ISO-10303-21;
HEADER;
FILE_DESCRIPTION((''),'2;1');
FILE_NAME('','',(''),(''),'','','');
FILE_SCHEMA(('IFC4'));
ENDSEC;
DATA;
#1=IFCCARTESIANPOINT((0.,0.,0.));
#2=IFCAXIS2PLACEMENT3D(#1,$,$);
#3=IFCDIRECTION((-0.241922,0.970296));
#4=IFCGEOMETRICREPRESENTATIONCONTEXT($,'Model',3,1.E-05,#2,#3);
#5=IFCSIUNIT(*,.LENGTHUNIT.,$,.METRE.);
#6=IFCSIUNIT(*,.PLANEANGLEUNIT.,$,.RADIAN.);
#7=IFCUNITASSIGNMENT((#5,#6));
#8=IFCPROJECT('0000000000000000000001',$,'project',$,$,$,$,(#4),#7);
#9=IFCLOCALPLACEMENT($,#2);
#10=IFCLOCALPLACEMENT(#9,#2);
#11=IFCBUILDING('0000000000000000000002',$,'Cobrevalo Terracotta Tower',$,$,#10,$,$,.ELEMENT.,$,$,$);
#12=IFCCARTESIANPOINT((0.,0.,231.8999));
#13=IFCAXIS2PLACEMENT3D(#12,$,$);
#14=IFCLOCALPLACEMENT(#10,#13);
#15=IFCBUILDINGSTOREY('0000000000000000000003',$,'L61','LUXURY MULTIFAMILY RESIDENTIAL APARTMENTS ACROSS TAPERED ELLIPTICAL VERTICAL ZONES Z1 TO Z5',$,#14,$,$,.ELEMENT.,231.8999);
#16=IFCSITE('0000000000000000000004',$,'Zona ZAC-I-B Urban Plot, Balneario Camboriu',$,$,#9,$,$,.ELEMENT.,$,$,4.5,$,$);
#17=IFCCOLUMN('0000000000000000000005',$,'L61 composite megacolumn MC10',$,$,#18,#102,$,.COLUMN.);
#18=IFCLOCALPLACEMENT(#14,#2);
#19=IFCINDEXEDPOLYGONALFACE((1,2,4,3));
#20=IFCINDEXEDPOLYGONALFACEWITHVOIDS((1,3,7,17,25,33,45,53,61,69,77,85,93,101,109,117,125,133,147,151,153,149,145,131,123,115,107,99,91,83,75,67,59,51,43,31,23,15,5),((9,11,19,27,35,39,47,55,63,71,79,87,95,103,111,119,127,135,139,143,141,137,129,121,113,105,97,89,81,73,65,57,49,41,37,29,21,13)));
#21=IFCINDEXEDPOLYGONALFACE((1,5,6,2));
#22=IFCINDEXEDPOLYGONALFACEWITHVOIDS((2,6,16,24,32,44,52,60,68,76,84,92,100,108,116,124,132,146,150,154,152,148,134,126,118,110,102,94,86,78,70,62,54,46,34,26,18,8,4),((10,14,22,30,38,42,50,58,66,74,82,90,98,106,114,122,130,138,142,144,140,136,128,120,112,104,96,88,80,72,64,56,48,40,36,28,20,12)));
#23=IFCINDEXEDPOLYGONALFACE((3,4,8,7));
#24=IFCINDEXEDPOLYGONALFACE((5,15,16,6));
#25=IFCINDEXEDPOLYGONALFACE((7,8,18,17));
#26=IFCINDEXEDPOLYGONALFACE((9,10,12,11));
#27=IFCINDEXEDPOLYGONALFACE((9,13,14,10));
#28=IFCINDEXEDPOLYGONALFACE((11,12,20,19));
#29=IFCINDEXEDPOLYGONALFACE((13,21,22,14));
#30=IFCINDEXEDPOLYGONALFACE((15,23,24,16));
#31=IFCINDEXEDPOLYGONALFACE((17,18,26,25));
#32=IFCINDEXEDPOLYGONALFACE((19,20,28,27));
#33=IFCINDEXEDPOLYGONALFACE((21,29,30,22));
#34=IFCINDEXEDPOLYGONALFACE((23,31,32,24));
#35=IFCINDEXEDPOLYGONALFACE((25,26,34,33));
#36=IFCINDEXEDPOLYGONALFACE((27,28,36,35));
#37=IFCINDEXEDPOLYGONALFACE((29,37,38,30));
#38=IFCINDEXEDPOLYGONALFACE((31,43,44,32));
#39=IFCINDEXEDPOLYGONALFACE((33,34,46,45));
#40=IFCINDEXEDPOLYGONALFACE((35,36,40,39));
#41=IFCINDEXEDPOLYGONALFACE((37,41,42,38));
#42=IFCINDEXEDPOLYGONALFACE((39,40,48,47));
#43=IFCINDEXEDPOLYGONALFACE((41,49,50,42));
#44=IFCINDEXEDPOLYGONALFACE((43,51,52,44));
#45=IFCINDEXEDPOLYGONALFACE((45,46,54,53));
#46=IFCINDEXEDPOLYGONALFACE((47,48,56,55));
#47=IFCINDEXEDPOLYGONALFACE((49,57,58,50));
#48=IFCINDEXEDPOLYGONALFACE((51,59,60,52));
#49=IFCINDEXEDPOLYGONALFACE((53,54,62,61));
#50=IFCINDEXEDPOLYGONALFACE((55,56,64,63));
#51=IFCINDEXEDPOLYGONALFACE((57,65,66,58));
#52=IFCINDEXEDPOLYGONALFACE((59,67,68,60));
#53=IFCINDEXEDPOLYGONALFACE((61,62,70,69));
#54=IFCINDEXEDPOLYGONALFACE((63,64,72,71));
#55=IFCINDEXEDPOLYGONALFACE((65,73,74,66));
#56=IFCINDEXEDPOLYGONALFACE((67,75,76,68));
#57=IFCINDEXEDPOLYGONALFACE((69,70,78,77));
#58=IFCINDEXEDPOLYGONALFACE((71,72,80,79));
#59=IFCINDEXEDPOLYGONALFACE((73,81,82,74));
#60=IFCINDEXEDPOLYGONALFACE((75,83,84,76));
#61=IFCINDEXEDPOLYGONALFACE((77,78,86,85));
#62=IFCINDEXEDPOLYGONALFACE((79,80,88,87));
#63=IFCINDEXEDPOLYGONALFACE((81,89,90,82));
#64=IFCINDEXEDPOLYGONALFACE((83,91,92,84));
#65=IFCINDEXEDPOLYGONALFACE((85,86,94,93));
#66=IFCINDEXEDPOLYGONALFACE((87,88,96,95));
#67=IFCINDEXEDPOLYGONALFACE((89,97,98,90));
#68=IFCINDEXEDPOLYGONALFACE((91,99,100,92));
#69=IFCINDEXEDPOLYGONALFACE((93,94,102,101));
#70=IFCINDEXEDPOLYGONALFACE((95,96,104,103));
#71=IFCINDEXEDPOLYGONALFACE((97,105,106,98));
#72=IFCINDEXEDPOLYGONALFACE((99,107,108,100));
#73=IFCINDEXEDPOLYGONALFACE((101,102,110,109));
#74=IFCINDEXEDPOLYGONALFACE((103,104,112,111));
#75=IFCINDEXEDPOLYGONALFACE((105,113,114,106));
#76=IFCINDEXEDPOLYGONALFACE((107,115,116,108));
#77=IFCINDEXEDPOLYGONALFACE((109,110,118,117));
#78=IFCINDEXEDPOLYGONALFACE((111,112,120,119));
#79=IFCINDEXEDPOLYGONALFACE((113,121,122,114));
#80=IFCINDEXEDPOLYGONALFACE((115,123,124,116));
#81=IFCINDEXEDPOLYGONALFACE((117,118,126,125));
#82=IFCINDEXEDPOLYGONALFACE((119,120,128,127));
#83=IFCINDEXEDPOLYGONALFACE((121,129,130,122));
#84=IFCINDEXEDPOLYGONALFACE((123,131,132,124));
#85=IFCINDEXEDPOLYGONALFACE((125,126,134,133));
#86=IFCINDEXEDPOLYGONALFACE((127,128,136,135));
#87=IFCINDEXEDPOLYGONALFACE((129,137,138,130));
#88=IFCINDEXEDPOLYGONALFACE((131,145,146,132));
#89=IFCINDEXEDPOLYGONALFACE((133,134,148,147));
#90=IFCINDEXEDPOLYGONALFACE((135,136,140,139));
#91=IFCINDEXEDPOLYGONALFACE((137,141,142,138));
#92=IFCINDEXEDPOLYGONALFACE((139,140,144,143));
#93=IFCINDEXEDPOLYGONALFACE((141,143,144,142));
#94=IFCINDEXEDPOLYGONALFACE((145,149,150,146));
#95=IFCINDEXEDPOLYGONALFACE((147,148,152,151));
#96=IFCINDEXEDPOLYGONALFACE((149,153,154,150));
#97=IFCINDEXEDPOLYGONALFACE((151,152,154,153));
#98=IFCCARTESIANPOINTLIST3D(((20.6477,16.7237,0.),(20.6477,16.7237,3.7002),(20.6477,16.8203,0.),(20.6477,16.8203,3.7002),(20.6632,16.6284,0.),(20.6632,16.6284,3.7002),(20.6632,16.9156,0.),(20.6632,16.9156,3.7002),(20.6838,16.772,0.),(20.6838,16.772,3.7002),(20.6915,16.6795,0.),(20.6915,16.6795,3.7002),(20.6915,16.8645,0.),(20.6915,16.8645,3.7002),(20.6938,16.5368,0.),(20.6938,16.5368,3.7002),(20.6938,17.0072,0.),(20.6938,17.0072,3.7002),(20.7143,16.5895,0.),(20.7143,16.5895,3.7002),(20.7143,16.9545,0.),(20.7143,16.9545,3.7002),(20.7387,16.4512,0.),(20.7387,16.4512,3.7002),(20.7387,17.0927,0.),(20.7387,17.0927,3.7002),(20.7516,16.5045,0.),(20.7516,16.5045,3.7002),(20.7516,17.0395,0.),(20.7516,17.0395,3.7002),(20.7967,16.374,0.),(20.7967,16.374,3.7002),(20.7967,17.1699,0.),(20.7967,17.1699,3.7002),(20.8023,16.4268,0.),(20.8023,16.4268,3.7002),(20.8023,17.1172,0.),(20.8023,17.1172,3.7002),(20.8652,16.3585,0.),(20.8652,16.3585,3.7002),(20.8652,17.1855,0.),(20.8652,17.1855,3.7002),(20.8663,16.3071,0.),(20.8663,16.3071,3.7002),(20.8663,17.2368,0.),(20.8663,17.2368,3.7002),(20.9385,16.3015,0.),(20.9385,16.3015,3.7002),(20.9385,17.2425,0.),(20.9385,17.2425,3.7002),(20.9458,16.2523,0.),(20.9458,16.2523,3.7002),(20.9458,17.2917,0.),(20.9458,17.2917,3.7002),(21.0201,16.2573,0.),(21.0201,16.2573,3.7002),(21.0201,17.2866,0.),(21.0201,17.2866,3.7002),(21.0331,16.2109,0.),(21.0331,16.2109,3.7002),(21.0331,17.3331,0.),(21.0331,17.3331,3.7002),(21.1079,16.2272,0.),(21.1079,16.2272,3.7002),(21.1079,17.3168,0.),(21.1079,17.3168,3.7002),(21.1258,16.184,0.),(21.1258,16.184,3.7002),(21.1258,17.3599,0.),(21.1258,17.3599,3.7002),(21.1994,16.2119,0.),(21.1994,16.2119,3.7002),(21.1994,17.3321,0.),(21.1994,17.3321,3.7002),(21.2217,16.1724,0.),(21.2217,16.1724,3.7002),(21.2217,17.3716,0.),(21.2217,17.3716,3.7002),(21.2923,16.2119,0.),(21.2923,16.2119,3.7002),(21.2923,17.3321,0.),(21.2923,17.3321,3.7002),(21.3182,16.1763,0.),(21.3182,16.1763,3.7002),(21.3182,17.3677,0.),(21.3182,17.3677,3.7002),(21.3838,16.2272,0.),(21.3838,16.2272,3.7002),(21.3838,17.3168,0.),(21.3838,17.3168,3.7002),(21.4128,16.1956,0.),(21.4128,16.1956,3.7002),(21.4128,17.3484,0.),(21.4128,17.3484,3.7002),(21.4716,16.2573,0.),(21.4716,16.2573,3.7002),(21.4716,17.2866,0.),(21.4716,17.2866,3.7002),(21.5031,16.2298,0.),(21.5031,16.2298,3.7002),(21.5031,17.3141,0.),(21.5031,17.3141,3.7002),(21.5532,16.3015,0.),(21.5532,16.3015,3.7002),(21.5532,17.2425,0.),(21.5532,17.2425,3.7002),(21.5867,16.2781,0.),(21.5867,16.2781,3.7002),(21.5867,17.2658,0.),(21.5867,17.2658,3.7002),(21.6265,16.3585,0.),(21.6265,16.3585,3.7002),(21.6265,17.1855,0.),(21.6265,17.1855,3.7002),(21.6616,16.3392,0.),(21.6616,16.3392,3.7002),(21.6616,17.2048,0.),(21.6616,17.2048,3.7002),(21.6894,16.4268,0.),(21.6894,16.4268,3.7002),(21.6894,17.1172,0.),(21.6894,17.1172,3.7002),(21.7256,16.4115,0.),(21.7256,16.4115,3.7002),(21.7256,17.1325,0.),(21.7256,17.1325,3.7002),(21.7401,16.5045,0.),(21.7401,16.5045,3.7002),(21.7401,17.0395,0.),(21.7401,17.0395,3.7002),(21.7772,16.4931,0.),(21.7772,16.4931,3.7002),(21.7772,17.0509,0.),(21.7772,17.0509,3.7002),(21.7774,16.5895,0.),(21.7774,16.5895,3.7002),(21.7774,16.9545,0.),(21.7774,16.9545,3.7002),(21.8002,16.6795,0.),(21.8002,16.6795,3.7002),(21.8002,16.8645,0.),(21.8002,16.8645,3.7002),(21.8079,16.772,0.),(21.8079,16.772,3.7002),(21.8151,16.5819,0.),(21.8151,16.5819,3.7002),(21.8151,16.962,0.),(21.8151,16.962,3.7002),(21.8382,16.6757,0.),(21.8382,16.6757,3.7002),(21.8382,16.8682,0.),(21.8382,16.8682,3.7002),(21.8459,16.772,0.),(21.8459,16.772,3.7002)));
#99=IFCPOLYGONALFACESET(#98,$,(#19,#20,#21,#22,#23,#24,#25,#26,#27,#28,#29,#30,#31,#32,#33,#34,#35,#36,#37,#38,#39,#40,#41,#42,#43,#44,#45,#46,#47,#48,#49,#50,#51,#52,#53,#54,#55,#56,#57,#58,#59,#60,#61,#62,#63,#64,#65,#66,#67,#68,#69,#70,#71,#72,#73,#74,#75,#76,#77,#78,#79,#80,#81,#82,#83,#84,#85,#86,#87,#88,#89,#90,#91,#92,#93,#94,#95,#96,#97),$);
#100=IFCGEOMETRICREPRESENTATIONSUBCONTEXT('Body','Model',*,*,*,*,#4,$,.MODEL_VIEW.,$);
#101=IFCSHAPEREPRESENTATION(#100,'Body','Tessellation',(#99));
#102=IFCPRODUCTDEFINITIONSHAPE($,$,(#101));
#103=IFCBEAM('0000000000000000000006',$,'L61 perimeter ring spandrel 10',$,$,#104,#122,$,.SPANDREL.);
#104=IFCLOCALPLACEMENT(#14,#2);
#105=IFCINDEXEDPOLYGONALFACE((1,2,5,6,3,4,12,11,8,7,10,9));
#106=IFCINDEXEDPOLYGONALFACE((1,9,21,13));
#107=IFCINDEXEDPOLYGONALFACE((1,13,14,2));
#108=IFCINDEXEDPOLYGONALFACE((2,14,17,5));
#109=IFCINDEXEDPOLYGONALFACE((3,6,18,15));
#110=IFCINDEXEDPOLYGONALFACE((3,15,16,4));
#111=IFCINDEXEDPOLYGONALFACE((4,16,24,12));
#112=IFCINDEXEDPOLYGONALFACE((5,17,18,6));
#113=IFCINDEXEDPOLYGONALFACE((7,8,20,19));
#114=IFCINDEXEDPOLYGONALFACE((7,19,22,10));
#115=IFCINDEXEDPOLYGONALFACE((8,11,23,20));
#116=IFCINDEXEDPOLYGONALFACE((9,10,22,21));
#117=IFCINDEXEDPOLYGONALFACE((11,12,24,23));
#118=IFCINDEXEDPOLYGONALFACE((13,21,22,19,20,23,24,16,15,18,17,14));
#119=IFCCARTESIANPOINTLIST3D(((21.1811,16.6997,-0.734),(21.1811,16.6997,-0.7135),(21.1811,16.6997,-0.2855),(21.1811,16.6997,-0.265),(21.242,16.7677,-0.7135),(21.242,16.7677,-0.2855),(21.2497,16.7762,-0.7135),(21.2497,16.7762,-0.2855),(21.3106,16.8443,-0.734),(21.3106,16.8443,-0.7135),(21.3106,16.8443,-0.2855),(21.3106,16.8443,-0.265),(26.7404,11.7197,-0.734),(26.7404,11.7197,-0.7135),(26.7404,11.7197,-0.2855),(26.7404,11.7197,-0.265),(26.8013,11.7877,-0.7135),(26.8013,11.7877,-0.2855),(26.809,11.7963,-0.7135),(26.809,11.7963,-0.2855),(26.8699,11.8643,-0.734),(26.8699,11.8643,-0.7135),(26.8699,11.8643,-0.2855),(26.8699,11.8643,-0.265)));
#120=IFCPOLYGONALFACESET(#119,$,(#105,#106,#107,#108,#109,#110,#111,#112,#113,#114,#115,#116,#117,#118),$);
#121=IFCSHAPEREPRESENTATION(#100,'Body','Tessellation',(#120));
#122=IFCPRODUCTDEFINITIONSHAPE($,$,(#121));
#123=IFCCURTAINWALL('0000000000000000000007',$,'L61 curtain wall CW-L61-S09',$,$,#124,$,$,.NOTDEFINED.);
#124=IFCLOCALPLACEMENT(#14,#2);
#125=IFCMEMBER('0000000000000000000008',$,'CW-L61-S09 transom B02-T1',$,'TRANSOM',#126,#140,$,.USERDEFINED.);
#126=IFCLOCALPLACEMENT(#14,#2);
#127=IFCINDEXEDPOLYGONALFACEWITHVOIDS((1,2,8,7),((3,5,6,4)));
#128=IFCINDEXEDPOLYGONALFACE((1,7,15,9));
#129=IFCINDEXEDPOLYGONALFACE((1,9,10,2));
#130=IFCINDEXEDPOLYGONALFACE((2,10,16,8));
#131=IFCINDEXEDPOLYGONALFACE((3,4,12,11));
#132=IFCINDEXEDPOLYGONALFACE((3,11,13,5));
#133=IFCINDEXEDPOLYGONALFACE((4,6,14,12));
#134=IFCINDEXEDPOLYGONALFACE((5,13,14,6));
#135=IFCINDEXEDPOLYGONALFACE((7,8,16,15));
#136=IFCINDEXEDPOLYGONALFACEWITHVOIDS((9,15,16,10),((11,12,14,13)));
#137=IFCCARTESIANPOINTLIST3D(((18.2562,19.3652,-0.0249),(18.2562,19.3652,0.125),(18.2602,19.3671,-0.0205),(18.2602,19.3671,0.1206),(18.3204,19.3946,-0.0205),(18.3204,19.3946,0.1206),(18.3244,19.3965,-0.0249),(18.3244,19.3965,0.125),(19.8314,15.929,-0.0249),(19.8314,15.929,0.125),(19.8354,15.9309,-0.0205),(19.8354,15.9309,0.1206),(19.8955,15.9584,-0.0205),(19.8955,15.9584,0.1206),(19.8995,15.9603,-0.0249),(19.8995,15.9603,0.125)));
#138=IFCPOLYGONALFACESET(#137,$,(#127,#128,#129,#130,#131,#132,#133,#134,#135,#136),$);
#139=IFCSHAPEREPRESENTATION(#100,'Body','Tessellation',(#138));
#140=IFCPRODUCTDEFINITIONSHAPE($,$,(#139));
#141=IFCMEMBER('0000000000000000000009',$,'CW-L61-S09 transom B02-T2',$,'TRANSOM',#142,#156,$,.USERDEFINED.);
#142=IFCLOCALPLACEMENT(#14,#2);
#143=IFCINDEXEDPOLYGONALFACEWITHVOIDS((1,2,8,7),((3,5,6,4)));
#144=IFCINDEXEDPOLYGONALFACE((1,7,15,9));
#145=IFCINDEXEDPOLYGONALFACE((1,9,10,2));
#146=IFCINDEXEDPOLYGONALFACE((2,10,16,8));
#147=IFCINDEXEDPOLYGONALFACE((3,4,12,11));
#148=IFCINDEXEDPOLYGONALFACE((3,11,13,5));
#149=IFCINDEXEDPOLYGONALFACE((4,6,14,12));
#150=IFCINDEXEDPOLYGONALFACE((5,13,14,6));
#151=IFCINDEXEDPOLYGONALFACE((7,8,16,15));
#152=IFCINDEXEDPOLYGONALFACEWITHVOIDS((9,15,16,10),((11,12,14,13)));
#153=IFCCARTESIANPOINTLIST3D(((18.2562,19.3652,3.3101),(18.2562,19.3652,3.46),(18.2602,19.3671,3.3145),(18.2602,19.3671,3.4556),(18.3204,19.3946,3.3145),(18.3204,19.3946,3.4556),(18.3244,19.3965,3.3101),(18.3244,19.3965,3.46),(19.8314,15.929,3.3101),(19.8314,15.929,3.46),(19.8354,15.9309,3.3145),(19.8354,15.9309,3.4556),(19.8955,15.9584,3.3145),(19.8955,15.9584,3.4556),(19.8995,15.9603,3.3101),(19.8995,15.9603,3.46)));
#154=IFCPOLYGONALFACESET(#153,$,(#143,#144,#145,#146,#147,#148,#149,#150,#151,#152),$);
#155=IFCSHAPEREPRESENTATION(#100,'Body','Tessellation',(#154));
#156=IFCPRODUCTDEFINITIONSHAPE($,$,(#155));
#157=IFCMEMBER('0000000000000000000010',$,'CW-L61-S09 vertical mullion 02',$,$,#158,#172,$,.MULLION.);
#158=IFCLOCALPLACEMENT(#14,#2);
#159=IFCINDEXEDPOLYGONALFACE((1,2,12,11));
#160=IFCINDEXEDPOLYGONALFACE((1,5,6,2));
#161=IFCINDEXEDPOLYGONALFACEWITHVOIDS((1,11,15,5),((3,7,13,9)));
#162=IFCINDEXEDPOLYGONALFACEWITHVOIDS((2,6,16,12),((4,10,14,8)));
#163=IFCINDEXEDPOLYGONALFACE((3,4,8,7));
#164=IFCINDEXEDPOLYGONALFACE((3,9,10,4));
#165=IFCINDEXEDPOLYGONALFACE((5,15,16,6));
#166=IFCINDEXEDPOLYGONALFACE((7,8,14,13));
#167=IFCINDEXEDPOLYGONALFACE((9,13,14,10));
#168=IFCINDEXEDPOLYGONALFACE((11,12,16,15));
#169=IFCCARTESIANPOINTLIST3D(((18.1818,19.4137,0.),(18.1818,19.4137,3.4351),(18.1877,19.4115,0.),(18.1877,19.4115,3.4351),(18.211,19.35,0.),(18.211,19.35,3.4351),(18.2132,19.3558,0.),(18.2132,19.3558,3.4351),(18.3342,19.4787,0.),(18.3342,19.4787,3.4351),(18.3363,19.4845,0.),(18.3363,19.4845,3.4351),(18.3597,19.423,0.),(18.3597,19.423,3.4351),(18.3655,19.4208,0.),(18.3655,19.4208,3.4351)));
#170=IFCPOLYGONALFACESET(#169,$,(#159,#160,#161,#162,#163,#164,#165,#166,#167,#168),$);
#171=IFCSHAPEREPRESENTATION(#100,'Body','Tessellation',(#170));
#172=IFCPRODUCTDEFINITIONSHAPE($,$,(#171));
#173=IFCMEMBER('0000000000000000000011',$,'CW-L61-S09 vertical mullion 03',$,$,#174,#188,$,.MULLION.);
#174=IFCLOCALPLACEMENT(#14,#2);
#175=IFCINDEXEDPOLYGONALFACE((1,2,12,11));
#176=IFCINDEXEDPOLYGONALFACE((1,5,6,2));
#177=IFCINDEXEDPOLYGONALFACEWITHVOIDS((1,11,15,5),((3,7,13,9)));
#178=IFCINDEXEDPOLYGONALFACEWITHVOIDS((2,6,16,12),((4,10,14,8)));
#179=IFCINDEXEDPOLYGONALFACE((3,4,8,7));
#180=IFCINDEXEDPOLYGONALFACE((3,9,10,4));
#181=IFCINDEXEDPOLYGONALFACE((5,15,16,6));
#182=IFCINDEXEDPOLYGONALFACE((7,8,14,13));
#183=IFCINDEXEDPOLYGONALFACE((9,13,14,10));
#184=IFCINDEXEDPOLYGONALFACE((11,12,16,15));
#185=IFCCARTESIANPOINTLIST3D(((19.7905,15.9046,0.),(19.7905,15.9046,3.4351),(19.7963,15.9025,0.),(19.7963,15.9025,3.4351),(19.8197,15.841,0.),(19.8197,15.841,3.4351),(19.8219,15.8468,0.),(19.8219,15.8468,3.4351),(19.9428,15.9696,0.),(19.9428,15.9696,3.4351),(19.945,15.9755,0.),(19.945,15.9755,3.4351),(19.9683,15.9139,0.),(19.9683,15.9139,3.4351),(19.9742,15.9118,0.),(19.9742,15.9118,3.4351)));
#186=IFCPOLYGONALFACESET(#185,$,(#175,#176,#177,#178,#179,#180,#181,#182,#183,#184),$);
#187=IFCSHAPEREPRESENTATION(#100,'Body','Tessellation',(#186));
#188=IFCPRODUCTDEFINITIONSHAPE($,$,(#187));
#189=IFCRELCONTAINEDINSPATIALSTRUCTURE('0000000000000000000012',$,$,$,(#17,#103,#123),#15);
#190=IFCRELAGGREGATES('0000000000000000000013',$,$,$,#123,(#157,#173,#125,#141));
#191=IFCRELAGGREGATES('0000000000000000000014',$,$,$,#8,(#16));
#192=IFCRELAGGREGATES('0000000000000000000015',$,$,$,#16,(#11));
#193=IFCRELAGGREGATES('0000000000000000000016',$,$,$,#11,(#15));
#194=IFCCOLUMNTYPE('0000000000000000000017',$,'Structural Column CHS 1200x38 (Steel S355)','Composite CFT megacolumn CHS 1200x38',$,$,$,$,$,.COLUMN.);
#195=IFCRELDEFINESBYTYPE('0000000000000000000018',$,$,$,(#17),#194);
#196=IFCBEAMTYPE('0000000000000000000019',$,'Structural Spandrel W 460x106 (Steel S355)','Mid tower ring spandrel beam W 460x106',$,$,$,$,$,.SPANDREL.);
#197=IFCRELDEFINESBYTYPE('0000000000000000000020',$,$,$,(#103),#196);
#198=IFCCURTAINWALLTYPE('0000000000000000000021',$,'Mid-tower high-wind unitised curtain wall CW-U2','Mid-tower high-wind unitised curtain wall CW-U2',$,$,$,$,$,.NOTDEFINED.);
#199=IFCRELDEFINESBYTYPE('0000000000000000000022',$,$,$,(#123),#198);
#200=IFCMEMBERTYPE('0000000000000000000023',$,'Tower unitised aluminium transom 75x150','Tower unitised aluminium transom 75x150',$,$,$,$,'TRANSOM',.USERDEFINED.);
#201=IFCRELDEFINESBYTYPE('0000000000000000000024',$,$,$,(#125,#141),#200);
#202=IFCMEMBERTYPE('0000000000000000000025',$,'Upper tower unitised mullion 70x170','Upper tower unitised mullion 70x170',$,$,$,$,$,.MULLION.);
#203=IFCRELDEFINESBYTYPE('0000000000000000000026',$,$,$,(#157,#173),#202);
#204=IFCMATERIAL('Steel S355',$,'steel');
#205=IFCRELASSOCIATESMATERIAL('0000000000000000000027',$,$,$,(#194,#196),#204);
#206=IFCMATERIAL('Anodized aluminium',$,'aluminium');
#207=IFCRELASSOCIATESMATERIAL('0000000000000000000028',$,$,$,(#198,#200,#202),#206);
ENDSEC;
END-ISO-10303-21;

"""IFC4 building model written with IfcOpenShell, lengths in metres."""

from ifc_helpers import new_model, si_unit, direction, frame, origin, origin_2d, place, context, subcontext, project, spatial, hollow_rectangle, hollow_circle, i_section, extrude, source, transform, mapped, material, material_profile, profile_set, type_object, element, aggregate, save


model = new_model("IFC4")

# Units and contexts
model_context = context("Model", 3, precision=1e-05, world=origin(), true_north=direction((-0.241922, 0.970296)))
body_context = subcontext(model_context, "Body", "Model", "MODEL_VIEW")
ifc_project = project(units=[si_unit("LENGTHUNIT", "METRE"), si_unit("PLANEANGLEUNIT", "RADIAN")], contexts=[model_context])

# Site, building, storey
site_placement = place(None, origin())
site = spatial("IfcSite", under=ifc_project, at=site_placement, Name="Zona ZAC-I-B Urban Plot, Balneario Camboriu", CompositionType="ELEMENT", RefElevation=4.5)
building_placement = place(site_placement, origin())
building = spatial("IfcBuilding", under=site, at=building_placement, Name="Cobrevalo Terracotta Tower", CompositionType="ELEMENT")
storey_placement = place(building_placement, frame((0.0, 0.0, 231.8999)))
storey = spatial("IfcBuildingStorey", under=building, at=storey_placement, Name="L61", Description="LUXURY MULTIFAMILY RESIDENTIAL APARTMENTS ACROSS TAPERED ELLIPTICAL VERTICAL ZONES Z1 TO Z5", CompositionType="ELEMENT", Elevation=231.8999)

# Column
ifc_material_1 = material(Name="Steel S355", Category="steel")
ifc_material_profile_1 = material_profile(ifc_material_1, hollow_circle(Radius=0.6001, WallThickness=0.0381, at=origin_2d()), Name="CHS 1200x38")
ifc_profile_set_1 = profile_set([ifc_material_profile_1], Name="Steel S355")
column_type = type_object("IfcColumnType", Name="Structural Column CHS 1200x38 (Steel S355)", Description="Composite CFT megacolumn CHS 1200x38", PredefinedType="COLUMN", material=ifc_profile_set_1)
column_placement = place(storey_placement, frame((21.2458, 16.772, 0.0), z_axis=(0.0, 0.0, 1.0), x_axis=(1.0, 0.0, 0.0)))
element("IfcColumn", 1, at=column_placement, inside=storey, type_object=column_type, Name="L61 composite megacolumn MC10", PredefinedType="COLUMN", context=body_context, shape_type="SweptSolid", body=[
    extrude(hollow_circle(Radius=0.6001, WallThickness=0.0381, at=origin_2d()), origin(), (0.0, 0.0, 1.0), 3.7002),
])

# Beam
ifc_material_profile_2 = material_profile(ifc_material_1, i_section(OverallWidth=0.1941, OverallDepth=0.469, WebThickness=0.0115, FlangeThickness=0.0205, at=origin_2d()), Name="W 460x106")
ifc_profile_set_2 = profile_set([ifc_material_profile_2], Name="Steel S355")
beam_type = type_object("IfcBeamType", Name="Structural Spandrel W 460x106 (Steel S355)", Description="Mid tower ring spandrel beam W 460x106", PredefinedType="SPANDREL", material=ifc_profile_set_2)
beam_placement = place(storey_placement, frame((21.2458, 16.772, -0.4995), z_axis=(0.744852, -0.66723, 0.0), x_axis=(0.66723, 0.744852, 0.0)))
element("IfcBeam", 2, at=beam_placement, inside=storey, type_object=beam_type, Name="L61 perimeter ring spandrel 10", PredefinedType="SPANDREL", context=body_context, shape_type="SweptSolid", body=[
    extrude(i_section(OverallWidth=0.1941, OverallDepth=0.469, WebThickness=0.0115, FlangeThickness=0.0205, at=origin_2d()), origin(), (0.0, 0.0, 1.0), 7.4636),
])

# Curtain wall, members
ifc_material_2 = material(Name="Anodized aluminium", Category="aluminium")
curtain_wall_type = type_object("IfcCurtainWallType", Name="Mid-tower high-wind unitised curtain wall CW-U2", Description="Mid-tower high-wind unitised curtain wall CW-U2", PredefinedType="NOTDEFINED", material=ifc_material_2)
curtain_wall_placement = place(storey_placement, origin())
curtain_wall = element("IfcCurtainWall", 3, at=curtain_wall_placement, inside=storey, type_object=curtain_wall_type, Name="L61 curtain wall CW-L61-S09", PredefinedType="NOTDEFINED")
ifc_material_profile_3 = material_profile(ifc_material_2, hollow_rectangle(XDim=0.075, YDim=0.1499, WallThickness=0.0044, at=origin_2d()), Name="CWT 75x150")
ifc_profile_set_3 = profile_set([ifc_material_profile_3], Name="Anodized aluminium")
member_type_1 = type_object("IfcMemberType", Name="Tower unitised aluminium transom 75x150", Description="Tower unitised aluminium transom 75x150", ElementType="TRANSOM", PredefinedType="USERDEFINED", material=ifc_profile_set_3)
shared_shape_1 = source(origin(), body_context, "Body", "SweptSolid", [
    extrude(hollow_rectangle(XDim=0.075, YDim=0.1499, WallThickness=0.0044, at=origin_2d()), origin(), (0.0, 0.0, 1.0), 3.78),
])
member_1_placement = place(storey_placement, frame((18.2903, 19.3809, 0.05), z_axis=(0.416706, -0.909041, 0.0), x_axis=(0.909041, 0.416706, 0.0)))
member_1 = element("IfcMember", 4, at=member_1_placement, type_object=member_type_1, Name="CW-L61-S09 transom B02-T1", ObjectType="TRANSOM", PredefinedType="USERDEFINED", context=body_context, shape_type="MappedRepresentation", body=[
    mapped(shared_shape_1, transform((0.0, 0.0, 0.0), scale=1.0)),
])
member_2_placement = place(storey_placement, frame((18.2903, 19.3809, 3.385), z_axis=(0.416706, -0.909041, 0.0), x_axis=(0.909041, 0.416706, 0.0)))
member_2 = element("IfcMember", 5, at=member_2_placement, type_object=member_type_1, Name="CW-L61-S09 transom B02-T2", ObjectType="TRANSOM", PredefinedType="USERDEFINED", context=body_context, shape_type="MappedRepresentation", body=[
    mapped(shared_shape_1, transform((0.0, 0.0, 0.0), scale=1.0)),
])
ifc_material_profile_4 = material_profile(ifc_material_2, hollow_rectangle(XDim=0.0701, YDim=0.1699, WallThickness=0.0044, at=origin_2d()), Name="CWM 70x170")
ifc_profile_set_4 = profile_set([ifc_material_profile_4], Name="Anodized aluminium")
member_type_2 = type_object("IfcMemberType", Name="Upper tower unitised mullion 70x170", Description="Upper tower unitised mullion 70x170", PredefinedType="MULLION", material=ifc_profile_set_4)
shared_shape_2 = source(origin(), body_context, "Body", "SweptSolid", [
    extrude(hollow_rectangle(XDim=0.0701, YDim=0.1699, WallThickness=0.0044, at=origin_2d()), origin(), (0.0, 0.0, 1.0), 3.4351),
])
member_3_placement = place(storey_placement, frame((18.2737, 19.4172, 0.0), z_axis=(0.0, 0.0, 1.0), x_axis=(0.416725, -0.909033, 0.0)))
member_3 = element("IfcMember", 6, at=member_3_placement, type_object=member_type_2, Name="CW-L61-S09 vertical mullion 02", PredefinedType="MULLION", context=body_context, shape_type="MappedRepresentation", body=[
    mapped(shared_shape_2, transform((0.0, 0.0, 0.0), scale=1.0)),
])
member_4_placement = place(storey_placement, frame((19.8823, 15.9082, 0.0), z_axis=(0.0, 0.0, 1.0), x_axis=(0.416725, -0.909033, 0.0)))
member_4 = element("IfcMember", 7, at=member_4_placement, type_object=member_type_2, Name="CW-L61-S09 vertical mullion 03", PredefinedType="MULLION", context=body_context, shape_type="MappedRepresentation", body=[
    mapped(shared_shape_2, transform((0.0, 0.0, 0.0), scale=1.0)),
])
aggregate(curtain_wall, [member_3, member_4, member_1, member_2])

save(model, "model.ifc")
